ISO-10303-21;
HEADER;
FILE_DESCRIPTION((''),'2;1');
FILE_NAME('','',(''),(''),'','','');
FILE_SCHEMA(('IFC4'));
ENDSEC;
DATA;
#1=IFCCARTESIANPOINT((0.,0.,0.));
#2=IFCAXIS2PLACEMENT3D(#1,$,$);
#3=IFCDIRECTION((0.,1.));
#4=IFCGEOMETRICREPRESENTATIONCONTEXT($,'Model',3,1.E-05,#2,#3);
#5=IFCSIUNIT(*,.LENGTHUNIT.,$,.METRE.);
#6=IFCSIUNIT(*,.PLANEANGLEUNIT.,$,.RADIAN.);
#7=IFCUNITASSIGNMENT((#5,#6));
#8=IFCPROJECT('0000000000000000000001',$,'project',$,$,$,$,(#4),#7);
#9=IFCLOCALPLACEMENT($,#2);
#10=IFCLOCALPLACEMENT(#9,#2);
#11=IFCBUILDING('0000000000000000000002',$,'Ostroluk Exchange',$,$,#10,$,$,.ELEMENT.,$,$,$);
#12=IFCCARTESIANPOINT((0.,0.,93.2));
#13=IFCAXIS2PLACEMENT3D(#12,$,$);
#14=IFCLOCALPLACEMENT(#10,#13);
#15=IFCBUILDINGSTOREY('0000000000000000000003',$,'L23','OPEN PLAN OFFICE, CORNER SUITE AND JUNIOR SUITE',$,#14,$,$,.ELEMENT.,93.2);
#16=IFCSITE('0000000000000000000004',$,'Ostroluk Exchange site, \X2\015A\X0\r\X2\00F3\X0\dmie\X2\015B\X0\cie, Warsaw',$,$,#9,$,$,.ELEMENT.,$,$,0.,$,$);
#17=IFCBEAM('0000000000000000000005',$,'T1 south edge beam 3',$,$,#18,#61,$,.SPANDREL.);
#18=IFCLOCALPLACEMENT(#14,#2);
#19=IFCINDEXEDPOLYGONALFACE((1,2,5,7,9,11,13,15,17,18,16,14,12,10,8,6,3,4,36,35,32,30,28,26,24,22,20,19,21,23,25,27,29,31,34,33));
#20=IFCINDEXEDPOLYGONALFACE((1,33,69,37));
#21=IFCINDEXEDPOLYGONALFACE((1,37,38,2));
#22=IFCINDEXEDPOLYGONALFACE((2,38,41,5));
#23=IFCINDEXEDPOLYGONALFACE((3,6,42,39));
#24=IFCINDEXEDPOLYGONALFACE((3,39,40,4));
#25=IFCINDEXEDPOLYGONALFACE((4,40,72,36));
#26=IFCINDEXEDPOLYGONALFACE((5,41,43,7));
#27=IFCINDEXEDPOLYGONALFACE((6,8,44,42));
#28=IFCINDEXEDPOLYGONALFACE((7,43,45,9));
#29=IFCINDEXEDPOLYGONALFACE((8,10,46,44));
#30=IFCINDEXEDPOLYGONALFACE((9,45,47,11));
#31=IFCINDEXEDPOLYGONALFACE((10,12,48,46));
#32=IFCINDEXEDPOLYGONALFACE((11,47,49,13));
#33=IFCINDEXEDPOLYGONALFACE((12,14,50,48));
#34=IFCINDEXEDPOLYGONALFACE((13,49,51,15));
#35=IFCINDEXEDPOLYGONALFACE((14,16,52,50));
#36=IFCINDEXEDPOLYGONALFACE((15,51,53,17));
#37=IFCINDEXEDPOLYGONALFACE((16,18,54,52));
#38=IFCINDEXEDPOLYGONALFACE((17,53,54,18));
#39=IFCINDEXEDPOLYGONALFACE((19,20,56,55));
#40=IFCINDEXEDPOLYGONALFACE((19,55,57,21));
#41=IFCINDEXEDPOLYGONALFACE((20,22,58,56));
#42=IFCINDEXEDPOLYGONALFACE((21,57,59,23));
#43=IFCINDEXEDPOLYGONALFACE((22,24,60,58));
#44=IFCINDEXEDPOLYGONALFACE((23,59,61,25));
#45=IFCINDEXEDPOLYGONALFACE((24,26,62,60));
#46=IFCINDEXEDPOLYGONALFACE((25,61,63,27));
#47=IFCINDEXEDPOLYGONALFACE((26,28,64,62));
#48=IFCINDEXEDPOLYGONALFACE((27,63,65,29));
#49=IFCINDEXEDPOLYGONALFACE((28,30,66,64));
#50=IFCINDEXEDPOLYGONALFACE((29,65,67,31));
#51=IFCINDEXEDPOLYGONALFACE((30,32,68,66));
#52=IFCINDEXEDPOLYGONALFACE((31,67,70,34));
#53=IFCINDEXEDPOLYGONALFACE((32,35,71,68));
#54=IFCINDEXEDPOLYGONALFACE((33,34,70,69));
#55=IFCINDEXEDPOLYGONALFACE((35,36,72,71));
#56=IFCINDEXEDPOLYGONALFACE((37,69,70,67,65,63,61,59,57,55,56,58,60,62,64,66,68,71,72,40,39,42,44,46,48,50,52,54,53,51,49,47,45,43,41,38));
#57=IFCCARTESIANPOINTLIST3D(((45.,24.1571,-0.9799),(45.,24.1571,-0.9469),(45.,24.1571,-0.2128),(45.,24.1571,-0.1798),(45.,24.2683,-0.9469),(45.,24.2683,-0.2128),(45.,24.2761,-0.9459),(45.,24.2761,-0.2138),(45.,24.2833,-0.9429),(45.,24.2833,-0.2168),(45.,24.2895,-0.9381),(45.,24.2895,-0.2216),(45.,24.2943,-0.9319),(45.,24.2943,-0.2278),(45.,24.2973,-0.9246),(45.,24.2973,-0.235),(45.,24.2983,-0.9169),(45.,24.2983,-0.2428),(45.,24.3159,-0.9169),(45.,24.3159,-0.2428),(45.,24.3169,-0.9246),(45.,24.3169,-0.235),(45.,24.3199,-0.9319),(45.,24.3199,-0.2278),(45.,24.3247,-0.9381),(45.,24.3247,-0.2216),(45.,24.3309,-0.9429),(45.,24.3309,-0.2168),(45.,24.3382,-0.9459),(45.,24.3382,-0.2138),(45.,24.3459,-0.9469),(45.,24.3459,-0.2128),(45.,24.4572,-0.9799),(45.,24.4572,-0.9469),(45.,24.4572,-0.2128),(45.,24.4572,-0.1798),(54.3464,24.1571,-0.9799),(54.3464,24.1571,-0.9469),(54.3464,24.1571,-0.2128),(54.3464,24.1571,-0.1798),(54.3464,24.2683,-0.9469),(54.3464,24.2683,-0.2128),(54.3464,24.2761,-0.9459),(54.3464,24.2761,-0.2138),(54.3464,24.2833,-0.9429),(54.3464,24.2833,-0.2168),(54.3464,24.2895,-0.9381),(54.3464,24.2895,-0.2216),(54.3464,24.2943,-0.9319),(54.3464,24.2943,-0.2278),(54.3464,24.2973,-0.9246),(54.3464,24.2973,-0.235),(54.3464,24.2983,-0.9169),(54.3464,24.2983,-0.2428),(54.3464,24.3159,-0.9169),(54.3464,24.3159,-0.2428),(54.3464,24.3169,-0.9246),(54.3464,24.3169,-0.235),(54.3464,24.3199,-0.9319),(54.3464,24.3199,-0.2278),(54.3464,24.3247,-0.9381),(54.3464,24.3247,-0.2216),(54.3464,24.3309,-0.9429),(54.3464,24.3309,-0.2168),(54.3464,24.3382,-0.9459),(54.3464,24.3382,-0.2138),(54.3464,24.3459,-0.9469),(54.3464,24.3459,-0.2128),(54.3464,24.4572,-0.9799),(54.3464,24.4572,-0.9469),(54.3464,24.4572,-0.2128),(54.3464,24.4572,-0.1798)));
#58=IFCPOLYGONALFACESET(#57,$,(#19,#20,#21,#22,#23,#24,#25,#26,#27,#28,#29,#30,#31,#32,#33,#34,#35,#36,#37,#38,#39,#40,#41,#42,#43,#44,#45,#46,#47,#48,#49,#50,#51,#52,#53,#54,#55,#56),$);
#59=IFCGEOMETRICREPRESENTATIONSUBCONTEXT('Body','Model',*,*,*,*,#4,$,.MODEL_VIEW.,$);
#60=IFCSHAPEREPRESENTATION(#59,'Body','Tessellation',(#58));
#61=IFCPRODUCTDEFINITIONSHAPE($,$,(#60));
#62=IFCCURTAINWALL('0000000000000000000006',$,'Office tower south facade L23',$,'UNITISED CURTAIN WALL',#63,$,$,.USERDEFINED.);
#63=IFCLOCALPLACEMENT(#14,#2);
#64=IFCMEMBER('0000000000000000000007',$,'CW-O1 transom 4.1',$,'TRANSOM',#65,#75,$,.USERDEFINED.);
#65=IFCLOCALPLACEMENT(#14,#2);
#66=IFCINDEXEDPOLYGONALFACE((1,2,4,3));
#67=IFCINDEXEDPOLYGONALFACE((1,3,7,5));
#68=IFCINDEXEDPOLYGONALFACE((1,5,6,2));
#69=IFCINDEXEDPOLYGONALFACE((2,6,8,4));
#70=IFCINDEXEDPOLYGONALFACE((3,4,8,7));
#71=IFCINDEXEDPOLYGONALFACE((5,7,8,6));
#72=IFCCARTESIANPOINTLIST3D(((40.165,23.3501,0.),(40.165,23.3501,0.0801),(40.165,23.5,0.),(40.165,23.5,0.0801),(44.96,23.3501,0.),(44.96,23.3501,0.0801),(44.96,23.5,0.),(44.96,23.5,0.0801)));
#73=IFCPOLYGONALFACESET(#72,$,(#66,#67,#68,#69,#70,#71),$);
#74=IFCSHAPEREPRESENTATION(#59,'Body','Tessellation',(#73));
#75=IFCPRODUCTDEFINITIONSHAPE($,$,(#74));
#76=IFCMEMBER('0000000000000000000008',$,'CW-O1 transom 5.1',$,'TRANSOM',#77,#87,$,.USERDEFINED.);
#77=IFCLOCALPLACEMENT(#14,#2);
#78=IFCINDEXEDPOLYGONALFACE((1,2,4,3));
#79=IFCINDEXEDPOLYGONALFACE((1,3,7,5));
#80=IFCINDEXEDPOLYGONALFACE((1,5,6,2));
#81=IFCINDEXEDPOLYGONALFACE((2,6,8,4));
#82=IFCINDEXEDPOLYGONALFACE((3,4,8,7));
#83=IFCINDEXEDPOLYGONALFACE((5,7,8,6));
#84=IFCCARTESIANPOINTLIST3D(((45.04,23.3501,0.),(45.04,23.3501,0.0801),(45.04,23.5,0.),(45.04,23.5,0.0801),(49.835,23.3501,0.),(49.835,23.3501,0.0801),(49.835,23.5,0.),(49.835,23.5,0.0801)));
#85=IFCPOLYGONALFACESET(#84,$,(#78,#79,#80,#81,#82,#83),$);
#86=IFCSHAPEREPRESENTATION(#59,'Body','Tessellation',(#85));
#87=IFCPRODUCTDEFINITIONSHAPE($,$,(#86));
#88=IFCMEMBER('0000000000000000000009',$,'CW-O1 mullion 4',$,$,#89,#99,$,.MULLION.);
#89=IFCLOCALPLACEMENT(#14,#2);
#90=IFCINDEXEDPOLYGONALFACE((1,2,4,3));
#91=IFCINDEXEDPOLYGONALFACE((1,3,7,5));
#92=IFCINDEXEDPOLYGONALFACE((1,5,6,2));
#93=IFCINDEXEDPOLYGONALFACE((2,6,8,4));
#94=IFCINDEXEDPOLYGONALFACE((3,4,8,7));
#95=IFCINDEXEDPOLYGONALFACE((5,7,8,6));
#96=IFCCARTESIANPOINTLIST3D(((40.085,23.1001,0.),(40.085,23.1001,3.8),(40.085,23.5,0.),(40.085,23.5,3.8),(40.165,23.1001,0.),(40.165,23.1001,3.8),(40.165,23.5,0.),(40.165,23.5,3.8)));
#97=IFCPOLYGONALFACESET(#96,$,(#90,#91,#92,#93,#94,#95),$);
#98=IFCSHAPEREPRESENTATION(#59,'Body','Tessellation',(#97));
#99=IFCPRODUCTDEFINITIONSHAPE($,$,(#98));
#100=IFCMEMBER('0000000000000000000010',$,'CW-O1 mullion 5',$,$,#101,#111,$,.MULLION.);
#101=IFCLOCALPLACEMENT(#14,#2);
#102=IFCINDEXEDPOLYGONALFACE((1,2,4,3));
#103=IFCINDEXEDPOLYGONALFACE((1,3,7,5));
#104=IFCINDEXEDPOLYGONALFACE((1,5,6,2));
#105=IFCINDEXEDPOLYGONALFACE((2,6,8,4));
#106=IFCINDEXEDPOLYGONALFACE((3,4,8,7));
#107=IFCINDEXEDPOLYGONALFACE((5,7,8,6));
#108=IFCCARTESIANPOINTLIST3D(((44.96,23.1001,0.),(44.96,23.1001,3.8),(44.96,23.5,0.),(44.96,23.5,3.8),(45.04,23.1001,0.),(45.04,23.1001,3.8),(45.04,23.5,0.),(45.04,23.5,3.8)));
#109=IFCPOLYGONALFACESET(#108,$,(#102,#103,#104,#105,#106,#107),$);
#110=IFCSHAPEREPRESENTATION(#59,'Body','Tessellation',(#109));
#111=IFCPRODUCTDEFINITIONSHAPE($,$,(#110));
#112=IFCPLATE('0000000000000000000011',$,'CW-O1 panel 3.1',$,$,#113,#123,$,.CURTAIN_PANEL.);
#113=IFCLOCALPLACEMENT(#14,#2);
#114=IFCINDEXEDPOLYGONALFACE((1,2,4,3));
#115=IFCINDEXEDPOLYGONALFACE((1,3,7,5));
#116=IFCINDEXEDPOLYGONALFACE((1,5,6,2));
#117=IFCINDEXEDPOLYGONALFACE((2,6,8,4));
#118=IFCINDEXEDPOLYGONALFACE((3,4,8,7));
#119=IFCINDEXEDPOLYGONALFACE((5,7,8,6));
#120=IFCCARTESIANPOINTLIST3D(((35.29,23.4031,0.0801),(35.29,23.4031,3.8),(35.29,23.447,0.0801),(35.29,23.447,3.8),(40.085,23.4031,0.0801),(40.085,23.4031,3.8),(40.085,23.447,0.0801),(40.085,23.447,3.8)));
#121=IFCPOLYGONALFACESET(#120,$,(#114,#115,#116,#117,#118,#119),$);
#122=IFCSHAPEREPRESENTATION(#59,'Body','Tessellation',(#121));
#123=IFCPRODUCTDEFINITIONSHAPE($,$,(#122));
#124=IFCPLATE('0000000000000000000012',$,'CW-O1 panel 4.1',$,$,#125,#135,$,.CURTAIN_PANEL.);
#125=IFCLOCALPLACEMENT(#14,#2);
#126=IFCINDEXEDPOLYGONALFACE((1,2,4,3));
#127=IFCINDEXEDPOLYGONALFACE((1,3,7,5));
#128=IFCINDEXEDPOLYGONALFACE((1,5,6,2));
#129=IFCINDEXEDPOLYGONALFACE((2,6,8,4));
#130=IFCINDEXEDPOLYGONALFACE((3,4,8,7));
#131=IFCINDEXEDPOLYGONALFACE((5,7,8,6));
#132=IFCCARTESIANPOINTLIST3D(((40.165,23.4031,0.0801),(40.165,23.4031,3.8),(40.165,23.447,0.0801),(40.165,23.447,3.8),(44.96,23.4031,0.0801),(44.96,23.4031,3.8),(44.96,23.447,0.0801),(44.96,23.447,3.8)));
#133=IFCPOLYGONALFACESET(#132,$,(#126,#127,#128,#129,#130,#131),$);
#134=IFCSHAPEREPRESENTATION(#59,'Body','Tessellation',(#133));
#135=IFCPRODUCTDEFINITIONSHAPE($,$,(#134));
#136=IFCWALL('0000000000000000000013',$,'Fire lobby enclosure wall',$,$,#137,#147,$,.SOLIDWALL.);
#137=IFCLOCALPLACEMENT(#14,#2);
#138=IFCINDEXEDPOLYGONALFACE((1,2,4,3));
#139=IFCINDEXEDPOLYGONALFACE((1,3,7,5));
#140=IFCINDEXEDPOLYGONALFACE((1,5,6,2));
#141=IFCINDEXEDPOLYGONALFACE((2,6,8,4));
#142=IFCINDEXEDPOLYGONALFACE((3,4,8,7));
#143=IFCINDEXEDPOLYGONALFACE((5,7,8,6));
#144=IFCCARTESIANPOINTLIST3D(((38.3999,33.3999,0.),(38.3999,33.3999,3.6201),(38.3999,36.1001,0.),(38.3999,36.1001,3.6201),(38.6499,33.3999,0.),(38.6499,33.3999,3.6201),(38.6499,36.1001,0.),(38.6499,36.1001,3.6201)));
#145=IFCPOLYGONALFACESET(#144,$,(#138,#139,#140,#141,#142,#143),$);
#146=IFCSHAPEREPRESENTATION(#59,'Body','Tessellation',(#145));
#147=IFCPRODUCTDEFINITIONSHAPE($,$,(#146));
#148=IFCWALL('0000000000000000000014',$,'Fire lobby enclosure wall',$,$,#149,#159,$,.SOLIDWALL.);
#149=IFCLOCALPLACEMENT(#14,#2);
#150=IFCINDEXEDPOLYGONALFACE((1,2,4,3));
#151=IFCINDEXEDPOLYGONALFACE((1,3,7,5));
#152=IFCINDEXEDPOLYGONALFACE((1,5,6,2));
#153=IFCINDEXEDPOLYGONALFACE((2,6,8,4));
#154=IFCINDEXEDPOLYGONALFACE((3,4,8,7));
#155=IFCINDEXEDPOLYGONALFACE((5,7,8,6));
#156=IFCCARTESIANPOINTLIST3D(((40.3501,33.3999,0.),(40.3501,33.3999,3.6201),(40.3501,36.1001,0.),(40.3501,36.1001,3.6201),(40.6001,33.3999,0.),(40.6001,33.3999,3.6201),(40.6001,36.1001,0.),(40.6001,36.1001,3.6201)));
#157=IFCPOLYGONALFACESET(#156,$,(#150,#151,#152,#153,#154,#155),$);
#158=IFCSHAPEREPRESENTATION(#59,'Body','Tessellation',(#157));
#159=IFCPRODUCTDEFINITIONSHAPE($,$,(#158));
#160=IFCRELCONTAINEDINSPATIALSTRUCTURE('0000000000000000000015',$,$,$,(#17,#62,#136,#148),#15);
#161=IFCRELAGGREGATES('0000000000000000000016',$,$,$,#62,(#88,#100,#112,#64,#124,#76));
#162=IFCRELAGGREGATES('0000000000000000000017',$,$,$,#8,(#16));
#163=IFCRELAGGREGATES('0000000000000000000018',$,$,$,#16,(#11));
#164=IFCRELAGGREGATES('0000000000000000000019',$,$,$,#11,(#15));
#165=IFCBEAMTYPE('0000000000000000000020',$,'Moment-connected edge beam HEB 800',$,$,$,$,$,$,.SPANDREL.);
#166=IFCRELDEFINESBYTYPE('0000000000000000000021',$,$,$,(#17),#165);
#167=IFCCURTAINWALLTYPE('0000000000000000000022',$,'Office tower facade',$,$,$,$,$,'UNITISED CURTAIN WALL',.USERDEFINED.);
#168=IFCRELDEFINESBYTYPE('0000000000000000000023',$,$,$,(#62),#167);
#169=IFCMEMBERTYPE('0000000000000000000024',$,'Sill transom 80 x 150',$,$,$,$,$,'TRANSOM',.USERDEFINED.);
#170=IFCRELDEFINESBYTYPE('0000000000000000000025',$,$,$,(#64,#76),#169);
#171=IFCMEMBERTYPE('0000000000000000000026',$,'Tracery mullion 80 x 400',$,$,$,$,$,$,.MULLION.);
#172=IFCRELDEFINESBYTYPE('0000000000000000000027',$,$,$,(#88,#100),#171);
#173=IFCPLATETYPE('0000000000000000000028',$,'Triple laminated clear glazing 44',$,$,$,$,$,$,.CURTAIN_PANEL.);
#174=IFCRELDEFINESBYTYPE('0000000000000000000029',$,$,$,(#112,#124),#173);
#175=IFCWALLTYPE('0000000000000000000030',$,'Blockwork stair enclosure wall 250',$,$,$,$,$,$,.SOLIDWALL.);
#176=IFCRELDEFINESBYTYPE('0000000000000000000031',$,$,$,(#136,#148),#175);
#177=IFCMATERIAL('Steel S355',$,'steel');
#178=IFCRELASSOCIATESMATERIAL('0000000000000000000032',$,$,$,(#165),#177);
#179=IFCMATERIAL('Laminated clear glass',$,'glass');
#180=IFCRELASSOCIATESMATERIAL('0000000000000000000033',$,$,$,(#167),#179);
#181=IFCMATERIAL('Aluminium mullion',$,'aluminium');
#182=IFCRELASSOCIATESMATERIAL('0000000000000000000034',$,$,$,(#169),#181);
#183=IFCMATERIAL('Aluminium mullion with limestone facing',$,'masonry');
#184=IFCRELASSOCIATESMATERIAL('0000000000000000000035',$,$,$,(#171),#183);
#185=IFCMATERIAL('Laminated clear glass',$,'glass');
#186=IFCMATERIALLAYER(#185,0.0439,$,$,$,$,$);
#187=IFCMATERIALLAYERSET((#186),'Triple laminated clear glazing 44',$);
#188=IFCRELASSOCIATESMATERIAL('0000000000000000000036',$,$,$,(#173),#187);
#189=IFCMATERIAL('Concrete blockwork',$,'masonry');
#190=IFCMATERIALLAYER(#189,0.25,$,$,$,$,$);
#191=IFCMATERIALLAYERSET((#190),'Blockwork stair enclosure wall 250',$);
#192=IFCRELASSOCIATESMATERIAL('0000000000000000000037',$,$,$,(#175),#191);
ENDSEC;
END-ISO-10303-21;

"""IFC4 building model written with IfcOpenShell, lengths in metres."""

from ifc_helpers import new_model, si_unit, direction, frame, frame_2d, origin, origin_2d, place, context, subcontext, project, spatial, rectangle, i_section, extrude, material, layer, layer_set, material_profile, profile_set, type_object, element, aggregate, save


model = new_model("IFC4")

# Units and contexts
model_context = context("Model", 3, precision=1e-05, world=origin(), true_north=direction((0.0, 1.0)))
body_context = subcontext(model_context, "Body", "Model", "MODEL_VIEW")
ifc_project = project(units=[si_unit("LENGTHUNIT", "METRE"), si_unit("PLANEANGLEUNIT", "RADIAN")], contexts=[model_context])

# Site, building, storey
site_placement = place(None, origin())
site = spatial("IfcSite", under=ifc_project, at=site_placement, Name="Ostroluk Exchange site, Śródmieście, Warsaw", CompositionType="ELEMENT", RefElevation=0.0)
building_placement = place(site_placement, origin())
building = spatial("IfcBuilding", under=site, at=building_placement, Name="Ostroluk Exchange", CompositionType="ELEMENT")
storey_placement = place(building_placement, frame((0.0, 0.0, 93.2)))
storey = spatial("IfcBuildingStorey", under=building, at=storey_placement, Name="L23", Description="OPEN PLAN OFFICE, CORNER SUITE AND JUNIOR SUITE", CompositionType="ELEMENT", Elevation=93.2)

# Beam
ifc_material_1 = material(Name="Steel S355", Category="steel")
ifc_material_profile_1 = material_profile(ifc_material_1, i_section(OverallWidth=0.3, OverallDepth=0.8, WebThickness=0.0176, FlangeThickness=0.033, FilletRadius=0.03, at=origin_2d()), Name="HEB 800")
ifc_profile_set_1 = profile_set([ifc_material_profile_1], Name="Steel S355")
beam_type_1 = type_object("IfcBeamType", Name="Moment-connected edge beam HEB 800", PredefinedType="SPANDREL", material=ifc_profile_set_1)
beam_placement = place(storey_placement, frame((45.0, 24.3071, -0.5798), z_axis=(1.0, 0.0, 0.0), x_axis=(0.0, 1.0, 0.0)))
element("IfcBeam", 1, at=beam_placement, inside=storey, type_object=beam_type_1, Name="T1 south edge beam 3", PredefinedType="SPANDREL", context=body_context, shape_type="SweptSolid", body=[
    extrude(i_section(OverallWidth=0.3, OverallDepth=0.8, WebThickness=0.0176, FlangeThickness=0.033, FilletRadius=0.03, at=origin_2d()), origin(), (0.0, 0.0, 1.0), 9.3464),
])

# Curtain wall, members, plates
ifc_material_2 = material(Name="Laminated clear glass", Category="glass")
curtain_wall_type = type_object("IfcCurtainWallType", Name="Office tower facade", ElementType="UNITISED CURTAIN WALL", PredefinedType="USERDEFINED", material=ifc_material_2)
curtain_wall_placement = place(storey_placement, origin())
curtain_wall = element("IfcCurtainWall", 2, at=curtain_wall_placement, inside=storey, type_object=curtain_wall_type, Name="Office tower south facade L23", ObjectType="UNITISED CURTAIN WALL", PredefinedType="USERDEFINED")
ifc_material_3 = material(Name="Aluminium mullion", Category="aluminium")
ifc_material_profile_2 = material_profile(ifc_material_3, rectangle(XDim=0.1499, YDim=0.0801, at=origin_2d()), Name="Sill transom 80 x 150")
ifc_profile_set_2 = profile_set([ifc_material_profile_2], Name="Aluminium mullion")
member_type_1 = type_object("IfcMemberType", Name="Sill transom 80 x 150", ElementType="TRANSOM", PredefinedType="USERDEFINED", material=ifc_profile_set_2)
member_1_placement = place(storey_placement, frame((40.165, 23.425, 0.04), z_axis=(1.0, 0.0, 0.0), x_axis=(0.0, 1.0, 0.0)))
member_1 = element("IfcMember", 3, at=member_1_placement, type_object=member_type_1, Name="CW-O1 transom 4.1", ObjectType="TRANSOM", PredefinedType="USERDEFINED", context=body_context, shape_type="SweptSolid", body=[
    extrude(rectangle(XDim=0.1499, YDim=0.0801, at=origin_2d()), origin(), (0.0, 0.0, 1.0), 4.7949),
])
member_2_placement = place(storey_placement, frame((45.04, 23.425, 0.04), z_axis=(1.0, 0.0, 0.0), x_axis=(0.0, 1.0, 0.0)))
member_2 = element("IfcMember", 4, at=member_2_placement, type_object=member_type_1, Name="CW-O1 transom 5.1", ObjectType="TRANSOM", PredefinedType="USERDEFINED", context=body_context, shape_type="SweptSolid", body=[
    extrude(rectangle(XDim=0.1499, YDim=0.0801, at=origin_2d()), origin(), (0.0, 0.0, 1.0), 4.7949),
])
ifc_material_4 = material(Name="Aluminium mullion with limestone facing", Category="masonry")
ifc_material_profile_3 = material_profile(ifc_material_4, rectangle(XDim=0.3999, YDim=0.0801, at=origin_2d()), Name="Tracery mullion 80 x 400")
ifc_profile_set_3 = profile_set([ifc_material_profile_3], Name="Aluminium mullion with limestone facing")
member_type_2 = type_object("IfcMemberType", Name="Tracery mullion 80 x 400", PredefinedType="MULLION", material=ifc_profile_set_3)
member_3_placement = place(storey_placement, frame((40.125, 23.3, 0.0), z_axis=(0.0, 0.0, 1.0), x_axis=(0.0, 1.0, 0.0)))
member_3 = element("IfcMember", 5, at=member_3_placement, type_object=member_type_2, Name="CW-O1 mullion 4", PredefinedType="MULLION", context=body_context, shape_type="SweptSolid", body=[
    extrude(rectangle(XDim=0.3999, YDim=0.0801, at=origin_2d()), origin(), (0.0, 0.0, 1.0), 3.8),
])
member_4_placement = place(storey_placement, frame((45.0, 23.3, 0.0), z_axis=(0.0, 0.0, 1.0), x_axis=(0.0, 1.0, 0.0)))
member_4 = element("IfcMember", 6, at=member_4_placement, type_object=member_type_2, Name="CW-O1 mullion 5", PredefinedType="MULLION", context=body_context, shape_type="SweptSolid", body=[
    extrude(rectangle(XDim=0.3999, YDim=0.0801, at=origin_2d()), origin(), (0.0, 0.0, 1.0), 3.8),
])
ifc_material_5 = material(Name="Laminated clear glass", Category="glass")
ifc_layer_1 = layer(ifc_material_5, 0.0439)
ifc_layer_set_1 = layer_set([ifc_layer_1], Name="Triple laminated clear glazing 44")
plate_type = type_object("IfcPlateType", Name="Triple laminated clear glazing 44", PredefinedType="CURTAIN_PANEL", material=ifc_layer_set_1)
plate_1_placement = place(storey_placement, frame((37.6875, 23.425, 0.0801), z_axis=(0.0, 0.0, 1.0), x_axis=(1.0, 0.0, 0.0)))
plate_1 = element("IfcPlate", 7, at=plate_1_placement, type_object=plate_type, Name="CW-O1 panel 3.1", PredefinedType="CURTAIN_PANEL", context=body_context, shape_type="SweptSolid", body=[
    extrude(rectangle(XDim=4.7949, YDim=0.0439, at=origin_2d()), origin(), (0.0, 0.0, 1.0), 3.72),
])
plate_2_placement = place(storey_placement, frame((42.5625, 23.425, 0.0801), z_axis=(0.0, 0.0, 1.0), x_axis=(1.0, 0.0, 0.0)))
plate_2 = element("IfcPlate", 8, at=plate_2_placement, type_object=plate_type, Name="CW-O1 panel 4.1", PredefinedType="CURTAIN_PANEL", context=body_context, shape_type="SweptSolid", body=[
    extrude(rectangle(XDim=4.7949, YDim=0.0439, at=origin_2d()), origin(), (0.0, 0.0, 1.0), 3.72),
])
aggregate(curtain_wall, [member_3, member_4, plate_1, member_1, plate_2, member_2])

# Walls
ifc_material_6 = material(Name="Concrete blockwork", Category="masonry")
ifc_layer_2 = layer(ifc_material_6, 0.25)
ifc_layer_set_2 = layer_set([ifc_layer_2], Name="Blockwork stair enclosure wall 250")
wall_type_1 = type_object("IfcWallType", Name="Blockwork stair enclosure wall 250", PredefinedType="SOLIDWALL", material=ifc_layer_set_2)
for number, where, z_axis, x_axis, name in (
    (9, (38.5249, 33.3999, 0.0), (0.0, 0.0, 1.0), (0.0, 1.0, 0.0), "Fire lobby enclosure wall"),
    (10, (40.4751, 33.3999, 0.0), (0.0, 0.0, 1.0), (0.0, 1.0, 0.0), "Fire lobby enclosure wall"),
):
    element("IfcWall", number, at=place(storey_placement, frame(where, z_axis=z_axis, x_axis=x_axis)), inside=storey, type_object=wall_type_1, Name=name, PredefinedType="SOLIDWALL", context=body_context, shape_type="SweptSolid", body=[
        extrude(rectangle(XDim=2.7002, YDim=0.25, at=frame_2d((1.3501, 0.0))), origin(), (0.0, 0.0, 1.0), 3.6201),
    ])

save(model, "model.ifc")
